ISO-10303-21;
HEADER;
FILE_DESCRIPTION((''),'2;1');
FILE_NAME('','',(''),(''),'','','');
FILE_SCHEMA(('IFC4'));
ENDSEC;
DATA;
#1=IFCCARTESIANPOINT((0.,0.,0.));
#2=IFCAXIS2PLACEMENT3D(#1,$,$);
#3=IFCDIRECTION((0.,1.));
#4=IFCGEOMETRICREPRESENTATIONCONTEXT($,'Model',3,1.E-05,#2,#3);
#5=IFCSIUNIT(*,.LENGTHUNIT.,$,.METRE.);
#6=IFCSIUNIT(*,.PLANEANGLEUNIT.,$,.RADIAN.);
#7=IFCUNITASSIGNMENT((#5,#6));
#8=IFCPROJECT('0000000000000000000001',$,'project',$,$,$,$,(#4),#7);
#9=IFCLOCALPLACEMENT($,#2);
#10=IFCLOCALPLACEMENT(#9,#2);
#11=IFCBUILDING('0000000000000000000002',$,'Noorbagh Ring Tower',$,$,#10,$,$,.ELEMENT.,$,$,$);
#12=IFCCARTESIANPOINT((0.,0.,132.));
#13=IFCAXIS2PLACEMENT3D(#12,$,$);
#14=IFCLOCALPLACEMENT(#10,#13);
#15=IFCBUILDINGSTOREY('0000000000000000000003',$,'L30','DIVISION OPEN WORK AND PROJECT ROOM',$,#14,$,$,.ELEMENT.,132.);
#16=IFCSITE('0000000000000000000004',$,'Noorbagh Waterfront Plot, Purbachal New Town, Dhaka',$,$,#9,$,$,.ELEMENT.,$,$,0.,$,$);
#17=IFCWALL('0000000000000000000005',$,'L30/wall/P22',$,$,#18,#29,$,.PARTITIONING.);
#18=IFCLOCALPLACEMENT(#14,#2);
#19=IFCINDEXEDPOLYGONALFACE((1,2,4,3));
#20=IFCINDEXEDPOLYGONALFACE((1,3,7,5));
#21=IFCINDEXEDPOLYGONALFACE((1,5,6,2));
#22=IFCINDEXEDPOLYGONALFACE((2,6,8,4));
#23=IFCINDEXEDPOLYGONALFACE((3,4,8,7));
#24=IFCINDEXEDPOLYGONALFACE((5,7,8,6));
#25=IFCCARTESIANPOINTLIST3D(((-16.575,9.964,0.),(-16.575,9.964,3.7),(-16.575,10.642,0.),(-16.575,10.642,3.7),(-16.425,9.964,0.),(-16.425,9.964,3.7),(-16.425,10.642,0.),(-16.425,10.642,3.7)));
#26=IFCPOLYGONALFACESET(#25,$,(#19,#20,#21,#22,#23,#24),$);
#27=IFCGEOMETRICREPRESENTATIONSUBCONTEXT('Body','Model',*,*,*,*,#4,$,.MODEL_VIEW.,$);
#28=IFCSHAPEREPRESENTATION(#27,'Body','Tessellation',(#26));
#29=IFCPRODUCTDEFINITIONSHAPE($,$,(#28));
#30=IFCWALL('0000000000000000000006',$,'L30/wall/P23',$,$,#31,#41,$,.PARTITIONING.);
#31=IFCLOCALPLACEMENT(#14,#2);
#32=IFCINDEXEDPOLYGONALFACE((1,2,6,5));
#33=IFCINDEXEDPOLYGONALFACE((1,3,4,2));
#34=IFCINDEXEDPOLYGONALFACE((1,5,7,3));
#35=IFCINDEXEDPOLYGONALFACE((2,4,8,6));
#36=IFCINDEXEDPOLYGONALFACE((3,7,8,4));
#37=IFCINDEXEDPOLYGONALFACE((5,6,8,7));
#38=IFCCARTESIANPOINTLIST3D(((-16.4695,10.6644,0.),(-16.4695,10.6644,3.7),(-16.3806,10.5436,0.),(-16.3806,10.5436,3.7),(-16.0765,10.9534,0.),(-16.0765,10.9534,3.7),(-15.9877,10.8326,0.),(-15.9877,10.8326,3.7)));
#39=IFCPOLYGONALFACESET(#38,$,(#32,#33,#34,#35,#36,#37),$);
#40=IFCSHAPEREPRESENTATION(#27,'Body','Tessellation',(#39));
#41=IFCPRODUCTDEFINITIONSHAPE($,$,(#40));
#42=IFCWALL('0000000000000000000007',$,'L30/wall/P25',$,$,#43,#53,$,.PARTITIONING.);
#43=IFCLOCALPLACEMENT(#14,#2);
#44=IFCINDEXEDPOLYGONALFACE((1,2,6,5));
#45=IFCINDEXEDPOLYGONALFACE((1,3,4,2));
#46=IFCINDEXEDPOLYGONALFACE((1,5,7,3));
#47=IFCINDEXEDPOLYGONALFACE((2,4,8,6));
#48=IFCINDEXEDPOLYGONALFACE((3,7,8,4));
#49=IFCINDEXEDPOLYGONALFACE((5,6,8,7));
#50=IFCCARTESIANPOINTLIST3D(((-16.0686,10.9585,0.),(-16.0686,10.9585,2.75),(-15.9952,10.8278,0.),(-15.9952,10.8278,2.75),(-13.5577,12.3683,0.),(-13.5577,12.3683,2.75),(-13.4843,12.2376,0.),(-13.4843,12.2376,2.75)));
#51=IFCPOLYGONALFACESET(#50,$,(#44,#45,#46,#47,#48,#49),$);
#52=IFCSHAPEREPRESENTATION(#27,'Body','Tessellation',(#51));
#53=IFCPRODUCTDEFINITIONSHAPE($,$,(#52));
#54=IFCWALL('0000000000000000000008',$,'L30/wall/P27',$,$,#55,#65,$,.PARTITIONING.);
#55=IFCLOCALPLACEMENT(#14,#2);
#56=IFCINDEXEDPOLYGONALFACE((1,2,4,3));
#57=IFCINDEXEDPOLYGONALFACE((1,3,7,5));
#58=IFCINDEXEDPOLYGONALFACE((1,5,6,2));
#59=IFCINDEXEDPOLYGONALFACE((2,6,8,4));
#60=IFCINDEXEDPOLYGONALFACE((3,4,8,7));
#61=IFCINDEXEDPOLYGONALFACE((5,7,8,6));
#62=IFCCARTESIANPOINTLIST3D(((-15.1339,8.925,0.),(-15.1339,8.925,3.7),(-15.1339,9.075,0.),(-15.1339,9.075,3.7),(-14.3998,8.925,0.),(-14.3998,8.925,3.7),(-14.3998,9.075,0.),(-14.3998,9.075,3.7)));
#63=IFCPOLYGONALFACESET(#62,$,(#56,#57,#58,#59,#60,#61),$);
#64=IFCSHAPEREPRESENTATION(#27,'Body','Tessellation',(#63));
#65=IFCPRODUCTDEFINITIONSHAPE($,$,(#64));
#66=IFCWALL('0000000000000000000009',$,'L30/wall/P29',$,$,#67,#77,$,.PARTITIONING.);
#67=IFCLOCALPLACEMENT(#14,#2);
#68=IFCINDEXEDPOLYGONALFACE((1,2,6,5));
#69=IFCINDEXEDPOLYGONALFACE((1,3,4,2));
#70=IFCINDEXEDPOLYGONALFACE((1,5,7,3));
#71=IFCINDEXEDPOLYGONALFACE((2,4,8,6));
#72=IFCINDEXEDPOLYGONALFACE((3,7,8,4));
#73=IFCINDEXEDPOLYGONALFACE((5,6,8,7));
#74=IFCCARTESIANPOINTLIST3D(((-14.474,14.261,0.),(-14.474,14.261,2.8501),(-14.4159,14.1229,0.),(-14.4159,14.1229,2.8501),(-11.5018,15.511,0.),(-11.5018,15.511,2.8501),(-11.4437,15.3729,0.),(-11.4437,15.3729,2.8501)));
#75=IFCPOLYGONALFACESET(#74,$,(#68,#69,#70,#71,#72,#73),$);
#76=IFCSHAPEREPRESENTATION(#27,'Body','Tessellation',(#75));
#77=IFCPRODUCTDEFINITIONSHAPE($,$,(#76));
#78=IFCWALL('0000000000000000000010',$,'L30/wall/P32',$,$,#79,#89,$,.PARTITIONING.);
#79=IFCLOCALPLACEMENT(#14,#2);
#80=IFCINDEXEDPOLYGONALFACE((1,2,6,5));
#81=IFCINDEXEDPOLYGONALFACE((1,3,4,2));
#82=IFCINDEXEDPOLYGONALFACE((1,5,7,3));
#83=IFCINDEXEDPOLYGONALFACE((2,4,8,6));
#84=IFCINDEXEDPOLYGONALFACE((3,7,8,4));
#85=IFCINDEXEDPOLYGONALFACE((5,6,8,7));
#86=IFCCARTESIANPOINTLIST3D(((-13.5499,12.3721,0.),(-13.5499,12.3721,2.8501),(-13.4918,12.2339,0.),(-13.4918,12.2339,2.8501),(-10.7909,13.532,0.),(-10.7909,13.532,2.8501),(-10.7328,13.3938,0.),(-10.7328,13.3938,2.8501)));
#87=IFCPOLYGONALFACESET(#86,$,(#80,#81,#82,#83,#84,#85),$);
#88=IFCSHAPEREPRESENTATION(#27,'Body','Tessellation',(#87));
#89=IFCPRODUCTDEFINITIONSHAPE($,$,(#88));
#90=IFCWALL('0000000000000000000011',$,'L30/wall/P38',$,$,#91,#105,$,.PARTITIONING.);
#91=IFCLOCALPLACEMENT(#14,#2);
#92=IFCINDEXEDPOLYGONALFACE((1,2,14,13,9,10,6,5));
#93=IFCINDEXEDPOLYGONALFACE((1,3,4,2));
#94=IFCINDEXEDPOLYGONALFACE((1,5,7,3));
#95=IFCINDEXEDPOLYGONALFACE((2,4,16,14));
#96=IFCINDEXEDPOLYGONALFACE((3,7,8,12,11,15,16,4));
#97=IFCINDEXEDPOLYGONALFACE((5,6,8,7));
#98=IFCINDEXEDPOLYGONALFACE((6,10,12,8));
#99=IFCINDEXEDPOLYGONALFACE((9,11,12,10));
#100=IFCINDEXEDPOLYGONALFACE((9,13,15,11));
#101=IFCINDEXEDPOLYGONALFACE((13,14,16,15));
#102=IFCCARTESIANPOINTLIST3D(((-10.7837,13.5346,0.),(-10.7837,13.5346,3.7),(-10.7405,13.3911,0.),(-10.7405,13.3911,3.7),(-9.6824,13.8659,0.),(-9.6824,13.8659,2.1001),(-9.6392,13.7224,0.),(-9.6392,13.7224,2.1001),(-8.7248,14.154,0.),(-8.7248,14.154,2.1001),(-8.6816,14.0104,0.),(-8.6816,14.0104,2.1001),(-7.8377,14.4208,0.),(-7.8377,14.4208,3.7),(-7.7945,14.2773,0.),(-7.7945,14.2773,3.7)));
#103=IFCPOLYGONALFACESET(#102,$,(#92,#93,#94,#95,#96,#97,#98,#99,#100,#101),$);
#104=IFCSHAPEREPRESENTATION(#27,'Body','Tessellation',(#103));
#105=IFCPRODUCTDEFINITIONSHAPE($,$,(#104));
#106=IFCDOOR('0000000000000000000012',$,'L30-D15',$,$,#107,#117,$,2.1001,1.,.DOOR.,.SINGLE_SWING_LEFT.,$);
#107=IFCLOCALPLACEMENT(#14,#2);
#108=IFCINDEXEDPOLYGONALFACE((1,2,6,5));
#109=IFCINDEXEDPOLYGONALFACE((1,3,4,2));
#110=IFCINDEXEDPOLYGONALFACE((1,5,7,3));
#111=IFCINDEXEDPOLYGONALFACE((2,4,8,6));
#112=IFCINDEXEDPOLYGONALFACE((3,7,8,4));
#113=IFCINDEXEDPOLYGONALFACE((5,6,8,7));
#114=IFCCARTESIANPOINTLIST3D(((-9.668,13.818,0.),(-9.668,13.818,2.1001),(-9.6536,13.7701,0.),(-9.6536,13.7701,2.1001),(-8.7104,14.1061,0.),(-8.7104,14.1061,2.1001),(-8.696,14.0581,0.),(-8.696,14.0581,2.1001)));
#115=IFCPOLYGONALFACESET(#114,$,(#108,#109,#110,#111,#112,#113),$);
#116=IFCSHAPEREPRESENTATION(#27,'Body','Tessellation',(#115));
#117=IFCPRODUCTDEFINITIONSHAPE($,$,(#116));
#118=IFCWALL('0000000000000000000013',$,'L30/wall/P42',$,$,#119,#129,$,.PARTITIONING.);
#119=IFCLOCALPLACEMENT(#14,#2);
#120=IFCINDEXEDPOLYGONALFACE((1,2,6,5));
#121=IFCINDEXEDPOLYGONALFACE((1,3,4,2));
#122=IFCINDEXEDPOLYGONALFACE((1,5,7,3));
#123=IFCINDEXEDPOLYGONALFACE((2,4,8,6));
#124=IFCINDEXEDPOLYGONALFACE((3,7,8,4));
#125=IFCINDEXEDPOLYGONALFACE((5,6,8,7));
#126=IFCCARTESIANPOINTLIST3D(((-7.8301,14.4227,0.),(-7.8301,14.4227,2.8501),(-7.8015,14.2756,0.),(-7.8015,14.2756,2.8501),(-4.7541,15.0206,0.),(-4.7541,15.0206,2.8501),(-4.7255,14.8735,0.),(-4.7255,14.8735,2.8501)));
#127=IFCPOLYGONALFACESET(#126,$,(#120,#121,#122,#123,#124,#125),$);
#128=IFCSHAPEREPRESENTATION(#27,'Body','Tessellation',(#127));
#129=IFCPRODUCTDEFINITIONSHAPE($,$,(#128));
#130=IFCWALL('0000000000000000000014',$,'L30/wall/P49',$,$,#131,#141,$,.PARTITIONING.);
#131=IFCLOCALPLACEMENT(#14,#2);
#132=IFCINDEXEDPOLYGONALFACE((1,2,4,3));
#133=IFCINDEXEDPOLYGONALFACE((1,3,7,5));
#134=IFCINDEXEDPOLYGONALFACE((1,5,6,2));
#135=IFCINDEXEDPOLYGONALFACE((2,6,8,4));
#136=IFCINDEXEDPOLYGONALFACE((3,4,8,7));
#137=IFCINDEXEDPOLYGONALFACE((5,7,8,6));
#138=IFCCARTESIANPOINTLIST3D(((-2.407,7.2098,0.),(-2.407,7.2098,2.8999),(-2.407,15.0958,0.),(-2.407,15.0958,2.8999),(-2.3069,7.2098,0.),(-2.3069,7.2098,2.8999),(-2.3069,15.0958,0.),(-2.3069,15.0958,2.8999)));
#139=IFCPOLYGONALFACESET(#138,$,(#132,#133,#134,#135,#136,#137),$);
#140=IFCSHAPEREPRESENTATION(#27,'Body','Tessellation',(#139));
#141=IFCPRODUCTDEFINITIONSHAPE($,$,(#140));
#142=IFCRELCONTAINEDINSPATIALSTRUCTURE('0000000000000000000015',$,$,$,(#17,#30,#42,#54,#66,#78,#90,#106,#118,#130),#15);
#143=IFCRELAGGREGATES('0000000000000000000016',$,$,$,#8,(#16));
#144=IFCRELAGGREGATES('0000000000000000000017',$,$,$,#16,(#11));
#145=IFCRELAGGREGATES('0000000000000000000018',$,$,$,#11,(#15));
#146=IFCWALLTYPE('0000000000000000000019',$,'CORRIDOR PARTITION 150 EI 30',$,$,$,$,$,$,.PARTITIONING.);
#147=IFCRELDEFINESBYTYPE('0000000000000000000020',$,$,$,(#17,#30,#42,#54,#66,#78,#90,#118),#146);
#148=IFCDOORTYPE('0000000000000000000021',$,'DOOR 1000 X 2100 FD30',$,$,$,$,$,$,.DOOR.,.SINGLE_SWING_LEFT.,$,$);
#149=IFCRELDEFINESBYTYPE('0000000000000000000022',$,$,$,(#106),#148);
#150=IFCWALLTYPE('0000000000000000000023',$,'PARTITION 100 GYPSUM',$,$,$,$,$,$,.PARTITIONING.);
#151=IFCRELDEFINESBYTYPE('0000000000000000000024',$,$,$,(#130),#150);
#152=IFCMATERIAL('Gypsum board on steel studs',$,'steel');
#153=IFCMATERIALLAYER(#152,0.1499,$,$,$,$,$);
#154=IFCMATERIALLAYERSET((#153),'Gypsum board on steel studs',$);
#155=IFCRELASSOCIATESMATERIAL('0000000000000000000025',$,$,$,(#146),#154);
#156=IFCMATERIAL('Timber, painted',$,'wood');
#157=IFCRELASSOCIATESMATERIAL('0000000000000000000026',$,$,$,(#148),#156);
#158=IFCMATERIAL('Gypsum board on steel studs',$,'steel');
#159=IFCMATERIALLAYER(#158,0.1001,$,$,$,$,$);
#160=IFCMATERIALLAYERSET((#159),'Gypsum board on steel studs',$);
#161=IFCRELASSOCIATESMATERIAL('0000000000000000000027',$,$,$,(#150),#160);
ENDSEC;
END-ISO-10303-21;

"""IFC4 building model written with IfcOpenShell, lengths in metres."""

from ifc_helpers import new_model, si_unit, direction, frame, frame_2d, origin, place, context, subcontext, project, spatial, rectangle, extrude, material, layer, layer_set, type_object, element, fill, save


model = new_model("IFC4")

# Units and contexts
model_context = context("Model", 3, precision=1e-05, world=origin(), true_north=direction((0.0, 1.0)))
body_context = subcontext(model_context, "Body", "Model", "MODEL_VIEW")
ifc_project = project(units=[si_unit("LENGTHUNIT", "METRE"), si_unit("PLANEANGLEUNIT", "RADIAN")], contexts=[model_context])

# Site, building, storey
site_placement = place(None, origin())
site = spatial("IfcSite", under=ifc_project, at=site_placement, Name="Noorbagh Waterfront Plot, Purbachal New Town, Dhaka", CompositionType="ELEMENT", RefElevation=0.0)
building_placement = place(site_placement, origin())
building = spatial("IfcBuilding", under=site, at=building_placement, Name="Noorbagh Ring Tower", CompositionType="ELEMENT")
storey_placement = place(building_placement, frame((0.0, 0.0, 132.0)))
storey = spatial("IfcBuildingStorey", under=building, at=storey_placement, Name="L30", Description="DIVISION OPEN WORK AND PROJECT ROOM", CompositionType="ELEMENT", Elevation=132.0)

# Walls
ifc_material_1 = material(Name="Gypsum board on steel studs", Category="steel")
ifc_layer_1 = layer(ifc_material_1, 0.1499)
ifc_layer_set_1 = layer_set([ifc_layer_1], Name="Gypsum board on steel studs")
wall_type_1 = type_object("IfcWallType", Name="CORRIDOR PARTITION 150 EI 30", PredefinedType="PARTITIONING", material=ifc_layer_set_1)
wall_1_placement = place(storey_placement, frame((-16.5, 9.9641, 0.0), z_axis=(0.0, 0.0, 1.0), x_axis=(0.0, 1.0, 0.0)))
element("IfcWall", 1, at=wall_1_placement, inside=storey, type_object=wall_type_1, Name="L30/wall/P22", PredefinedType="PARTITIONING", context=body_context, shape_type="SweptSolid", body=[
    extrude(rectangle(XDim=0.678, YDim=0.1499, at=frame_2d((0.3389, 0.0))), origin(), (0.0, 0.0, 1.0), 3.7),
])
wall_2_placement = place(storey_placement, frame((-16.425, 10.604, 0.0), z_axis=(0.0, 0.0, 1.0), x_axis=(0.805609, 0.592448, 0.0)))
element("IfcWall", 2, at=wall_2_placement, inside=storey, type_object=wall_type_1, Name="L30/wall/P23", PredefinedType="PARTITIONING", context=body_context, shape_type="SweptSolid", body=[
    extrude(rectangle(XDim=0.4878, YDim=0.1499, at=frame_2d((0.2439, 0.0))), origin(), (0.0, 0.0, 1.0), 3.7),
])
wall_3_placement = place(storey_placement, frame((-16.032, 10.8931, 0.0), z_axis=(0.0, 0.0, 1.0), x_axis=(0.871949, 0.489597, 0.0)))
element("IfcWall", 3, at=wall_3_placement, inside=storey, type_object=wall_type_1, Name="L30/wall/P25", PredefinedType="PARTITIONING", context=body_context, shape_type="SweptSolid", body=[
    extrude(rectangle(XDim=2.8796, YDim=0.1499, at=frame_2d((1.4399, 0.0))), origin(), (0.0, 0.0, 1.0), 2.75),
])
wall_4_placement = place(storey_placement, frame((-15.134, 9.0, 0.0), z_axis=(0.0, 0.0, 1.0), x_axis=(1.0, 0.0, 0.0)))
element("IfcWall", 4, at=wall_4_placement, inside=storey, type_object=wall_type_1, Name="L30/wall/P27", PredefinedType="PARTITIONING", context=body_context, shape_type="SweptSolid", body=[
    extrude(rectangle(XDim=0.7341, YDim=0.1499, at=frame_2d((0.3672, 0.0))), origin(), (0.0, 0.0, 1.0), 3.7),
])
wall_5_placement = place(storey_placement, frame((-14.4451, 14.1919, 0.0), z_axis=(0.0, 0.0, 1.0), x_axis=(0.921795, 0.387678, 0.0)))
element("IfcWall", 5, at=wall_5_placement, inside=storey, type_object=wall_type_1, Name="L30/wall/P29", PredefinedType="PARTITIONING", context=body_context, shape_type="SweptSolid", body=[
    extrude(rectangle(XDim=3.2244, YDim=0.1499, at=frame_2d((1.6123, 0.0))), origin(), (0.0, 0.0, 1.0), 2.8501),
])
wall_6_placement = place(storey_placement, frame((-13.521, 12.303, 0.0), z_axis=(0.0, 0.0, 1.0), x_axis=(0.921849, 0.38755, 0.0)))
element("IfcWall", 6, at=wall_6_placement, inside=storey, type_object=wall_type_1, Name="L30/wall/P32", PredefinedType="PARTITIONING", context=body_context, shape_type="SweptSolid", body=[
    extrude(rectangle(XDim=2.9929, YDim=0.1499, at=frame_2d((1.4966, 0.0))), origin(), (0.0, 0.0, 1.0), 2.8501),
])

# Wall, opening, door
wall_7_placement = place(storey_placement, frame((-10.762, 13.4629, 0.0), z_axis=(0.0, 0.0, 1.0), x_axis=(0.95761, 0.288069, 0.0)))
wall_7 = element("IfcWall", 7, at=wall_7_placement, inside=storey, type_object=wall_type_1, Name="L30/wall/P38", PredefinedType="PARTITIONING", context=body_context, shape_type="SweptSolid", body=[
    extrude(rectangle(XDim=3.0764, YDim=0.1499, at=frame_2d((1.5381, 0.0))), origin(), (0.0, 0.0, 1.0), 3.7),
])
opening_1_placement = place(wall_7_placement, frame((1.1499, 0.0, 0.0)))
opening_1 = element("IfcOpeningElement", 8, at=opening_1_placement, cuts=wall_7, PredefinedType="OPENING", context=body_context, shape_type="SweptSolid", body=[
    extrude(rectangle(XDim=1.0, YDim=2.1001, at=frame_2d((0.5, 1.05))), frame((0.0, 0.085, 0.0), z_axis=(0.0, -1.0, 0.0), x_axis=(1.0, 0.0, 0.0)), (0.0, 0.0, 1.0), 0.1699),
])
ifc_material_2 = material(Name="Timber, painted", Category="wood")
door_type_1 = type_object("IfcDoorType", Name="DOOR 1000 X 2100 FD30", OperationType="SINGLE_SWING_LEFT", PredefinedType="DOOR", material=ifc_material_2)
door_1_placement = place(opening_1_placement, origin())
door_1 = element("IfcDoor", 9, at=door_1_placement, inside=storey, type_object=door_type_1, Name="L30-D15", OperationType="SINGLE_SWING_LEFT", OverallHeight=2.1001, OverallWidth=1.0, PredefinedType="DOOR", context=body_context, shape_type="SweptSolid", body=[
    extrude(rectangle(XDim=1.0, YDim=2.1001, at=frame_2d((0.5, 1.05))), frame((0.0, 0.0249, 0.0), z_axis=(0.0, -1.0, 0.0), x_axis=(1.0, 0.0, 0.0)), (0.0, 0.0, 1.0), 0.05),
])
fill(opening_1, door_1)

# Walls
wall_8_placement = place(storey_placement, frame((-7.8159, 14.3491, 0.0), z_axis=(0.0, 0.0, 1.0), x_axis=(0.981627, 0.190809, 0.0)))
element("IfcWall", 10, at=wall_8_placement, inside=storey, type_object=wall_type_1, Name="L30/wall/P42", PredefinedType="PARTITIONING", context=body_context, shape_type="SweptSolid", body=[
    extrude(rectangle(XDim=3.1335, YDim=0.1499, at=frame_2d((1.5669, 0.0))), origin(), (0.0, 0.0, 1.0), 2.8501),
])
ifc_material_3 = material(Name="Gypsum board on steel studs", Category="steel")
ifc_layer_2 = layer(ifc_material_3, 0.1001)
ifc_layer_set_2 = layer_set([ifc_layer_2], Name="Gypsum board on steel studs")
wall_type_2 = type_object("IfcWallType", Name="PARTITION 100 GYPSUM", PredefinedType="PARTITIONING", material=ifc_layer_set_2)
wall_9_placement = place(storey_placement, frame((-2.3569, 7.21, 0.0), z_axis=(0.0, 0.0, 1.0), x_axis=(0.0, 1.0, 0.0)))
element("IfcWall", 11, at=wall_9_placement, inside=storey, type_object=wall_type_2, Name="L30/wall/P49", PredefinedType="PARTITIONING", context=body_context, shape_type="SweptSolid", body=[
    extrude(rectangle(XDim=7.886, YDim=0.1001, at=frame_2d((3.9429, 0.0))), origin(), (0.0, 0.0, 1.0), 2.8999),
])

save(model, "model.ifc")
